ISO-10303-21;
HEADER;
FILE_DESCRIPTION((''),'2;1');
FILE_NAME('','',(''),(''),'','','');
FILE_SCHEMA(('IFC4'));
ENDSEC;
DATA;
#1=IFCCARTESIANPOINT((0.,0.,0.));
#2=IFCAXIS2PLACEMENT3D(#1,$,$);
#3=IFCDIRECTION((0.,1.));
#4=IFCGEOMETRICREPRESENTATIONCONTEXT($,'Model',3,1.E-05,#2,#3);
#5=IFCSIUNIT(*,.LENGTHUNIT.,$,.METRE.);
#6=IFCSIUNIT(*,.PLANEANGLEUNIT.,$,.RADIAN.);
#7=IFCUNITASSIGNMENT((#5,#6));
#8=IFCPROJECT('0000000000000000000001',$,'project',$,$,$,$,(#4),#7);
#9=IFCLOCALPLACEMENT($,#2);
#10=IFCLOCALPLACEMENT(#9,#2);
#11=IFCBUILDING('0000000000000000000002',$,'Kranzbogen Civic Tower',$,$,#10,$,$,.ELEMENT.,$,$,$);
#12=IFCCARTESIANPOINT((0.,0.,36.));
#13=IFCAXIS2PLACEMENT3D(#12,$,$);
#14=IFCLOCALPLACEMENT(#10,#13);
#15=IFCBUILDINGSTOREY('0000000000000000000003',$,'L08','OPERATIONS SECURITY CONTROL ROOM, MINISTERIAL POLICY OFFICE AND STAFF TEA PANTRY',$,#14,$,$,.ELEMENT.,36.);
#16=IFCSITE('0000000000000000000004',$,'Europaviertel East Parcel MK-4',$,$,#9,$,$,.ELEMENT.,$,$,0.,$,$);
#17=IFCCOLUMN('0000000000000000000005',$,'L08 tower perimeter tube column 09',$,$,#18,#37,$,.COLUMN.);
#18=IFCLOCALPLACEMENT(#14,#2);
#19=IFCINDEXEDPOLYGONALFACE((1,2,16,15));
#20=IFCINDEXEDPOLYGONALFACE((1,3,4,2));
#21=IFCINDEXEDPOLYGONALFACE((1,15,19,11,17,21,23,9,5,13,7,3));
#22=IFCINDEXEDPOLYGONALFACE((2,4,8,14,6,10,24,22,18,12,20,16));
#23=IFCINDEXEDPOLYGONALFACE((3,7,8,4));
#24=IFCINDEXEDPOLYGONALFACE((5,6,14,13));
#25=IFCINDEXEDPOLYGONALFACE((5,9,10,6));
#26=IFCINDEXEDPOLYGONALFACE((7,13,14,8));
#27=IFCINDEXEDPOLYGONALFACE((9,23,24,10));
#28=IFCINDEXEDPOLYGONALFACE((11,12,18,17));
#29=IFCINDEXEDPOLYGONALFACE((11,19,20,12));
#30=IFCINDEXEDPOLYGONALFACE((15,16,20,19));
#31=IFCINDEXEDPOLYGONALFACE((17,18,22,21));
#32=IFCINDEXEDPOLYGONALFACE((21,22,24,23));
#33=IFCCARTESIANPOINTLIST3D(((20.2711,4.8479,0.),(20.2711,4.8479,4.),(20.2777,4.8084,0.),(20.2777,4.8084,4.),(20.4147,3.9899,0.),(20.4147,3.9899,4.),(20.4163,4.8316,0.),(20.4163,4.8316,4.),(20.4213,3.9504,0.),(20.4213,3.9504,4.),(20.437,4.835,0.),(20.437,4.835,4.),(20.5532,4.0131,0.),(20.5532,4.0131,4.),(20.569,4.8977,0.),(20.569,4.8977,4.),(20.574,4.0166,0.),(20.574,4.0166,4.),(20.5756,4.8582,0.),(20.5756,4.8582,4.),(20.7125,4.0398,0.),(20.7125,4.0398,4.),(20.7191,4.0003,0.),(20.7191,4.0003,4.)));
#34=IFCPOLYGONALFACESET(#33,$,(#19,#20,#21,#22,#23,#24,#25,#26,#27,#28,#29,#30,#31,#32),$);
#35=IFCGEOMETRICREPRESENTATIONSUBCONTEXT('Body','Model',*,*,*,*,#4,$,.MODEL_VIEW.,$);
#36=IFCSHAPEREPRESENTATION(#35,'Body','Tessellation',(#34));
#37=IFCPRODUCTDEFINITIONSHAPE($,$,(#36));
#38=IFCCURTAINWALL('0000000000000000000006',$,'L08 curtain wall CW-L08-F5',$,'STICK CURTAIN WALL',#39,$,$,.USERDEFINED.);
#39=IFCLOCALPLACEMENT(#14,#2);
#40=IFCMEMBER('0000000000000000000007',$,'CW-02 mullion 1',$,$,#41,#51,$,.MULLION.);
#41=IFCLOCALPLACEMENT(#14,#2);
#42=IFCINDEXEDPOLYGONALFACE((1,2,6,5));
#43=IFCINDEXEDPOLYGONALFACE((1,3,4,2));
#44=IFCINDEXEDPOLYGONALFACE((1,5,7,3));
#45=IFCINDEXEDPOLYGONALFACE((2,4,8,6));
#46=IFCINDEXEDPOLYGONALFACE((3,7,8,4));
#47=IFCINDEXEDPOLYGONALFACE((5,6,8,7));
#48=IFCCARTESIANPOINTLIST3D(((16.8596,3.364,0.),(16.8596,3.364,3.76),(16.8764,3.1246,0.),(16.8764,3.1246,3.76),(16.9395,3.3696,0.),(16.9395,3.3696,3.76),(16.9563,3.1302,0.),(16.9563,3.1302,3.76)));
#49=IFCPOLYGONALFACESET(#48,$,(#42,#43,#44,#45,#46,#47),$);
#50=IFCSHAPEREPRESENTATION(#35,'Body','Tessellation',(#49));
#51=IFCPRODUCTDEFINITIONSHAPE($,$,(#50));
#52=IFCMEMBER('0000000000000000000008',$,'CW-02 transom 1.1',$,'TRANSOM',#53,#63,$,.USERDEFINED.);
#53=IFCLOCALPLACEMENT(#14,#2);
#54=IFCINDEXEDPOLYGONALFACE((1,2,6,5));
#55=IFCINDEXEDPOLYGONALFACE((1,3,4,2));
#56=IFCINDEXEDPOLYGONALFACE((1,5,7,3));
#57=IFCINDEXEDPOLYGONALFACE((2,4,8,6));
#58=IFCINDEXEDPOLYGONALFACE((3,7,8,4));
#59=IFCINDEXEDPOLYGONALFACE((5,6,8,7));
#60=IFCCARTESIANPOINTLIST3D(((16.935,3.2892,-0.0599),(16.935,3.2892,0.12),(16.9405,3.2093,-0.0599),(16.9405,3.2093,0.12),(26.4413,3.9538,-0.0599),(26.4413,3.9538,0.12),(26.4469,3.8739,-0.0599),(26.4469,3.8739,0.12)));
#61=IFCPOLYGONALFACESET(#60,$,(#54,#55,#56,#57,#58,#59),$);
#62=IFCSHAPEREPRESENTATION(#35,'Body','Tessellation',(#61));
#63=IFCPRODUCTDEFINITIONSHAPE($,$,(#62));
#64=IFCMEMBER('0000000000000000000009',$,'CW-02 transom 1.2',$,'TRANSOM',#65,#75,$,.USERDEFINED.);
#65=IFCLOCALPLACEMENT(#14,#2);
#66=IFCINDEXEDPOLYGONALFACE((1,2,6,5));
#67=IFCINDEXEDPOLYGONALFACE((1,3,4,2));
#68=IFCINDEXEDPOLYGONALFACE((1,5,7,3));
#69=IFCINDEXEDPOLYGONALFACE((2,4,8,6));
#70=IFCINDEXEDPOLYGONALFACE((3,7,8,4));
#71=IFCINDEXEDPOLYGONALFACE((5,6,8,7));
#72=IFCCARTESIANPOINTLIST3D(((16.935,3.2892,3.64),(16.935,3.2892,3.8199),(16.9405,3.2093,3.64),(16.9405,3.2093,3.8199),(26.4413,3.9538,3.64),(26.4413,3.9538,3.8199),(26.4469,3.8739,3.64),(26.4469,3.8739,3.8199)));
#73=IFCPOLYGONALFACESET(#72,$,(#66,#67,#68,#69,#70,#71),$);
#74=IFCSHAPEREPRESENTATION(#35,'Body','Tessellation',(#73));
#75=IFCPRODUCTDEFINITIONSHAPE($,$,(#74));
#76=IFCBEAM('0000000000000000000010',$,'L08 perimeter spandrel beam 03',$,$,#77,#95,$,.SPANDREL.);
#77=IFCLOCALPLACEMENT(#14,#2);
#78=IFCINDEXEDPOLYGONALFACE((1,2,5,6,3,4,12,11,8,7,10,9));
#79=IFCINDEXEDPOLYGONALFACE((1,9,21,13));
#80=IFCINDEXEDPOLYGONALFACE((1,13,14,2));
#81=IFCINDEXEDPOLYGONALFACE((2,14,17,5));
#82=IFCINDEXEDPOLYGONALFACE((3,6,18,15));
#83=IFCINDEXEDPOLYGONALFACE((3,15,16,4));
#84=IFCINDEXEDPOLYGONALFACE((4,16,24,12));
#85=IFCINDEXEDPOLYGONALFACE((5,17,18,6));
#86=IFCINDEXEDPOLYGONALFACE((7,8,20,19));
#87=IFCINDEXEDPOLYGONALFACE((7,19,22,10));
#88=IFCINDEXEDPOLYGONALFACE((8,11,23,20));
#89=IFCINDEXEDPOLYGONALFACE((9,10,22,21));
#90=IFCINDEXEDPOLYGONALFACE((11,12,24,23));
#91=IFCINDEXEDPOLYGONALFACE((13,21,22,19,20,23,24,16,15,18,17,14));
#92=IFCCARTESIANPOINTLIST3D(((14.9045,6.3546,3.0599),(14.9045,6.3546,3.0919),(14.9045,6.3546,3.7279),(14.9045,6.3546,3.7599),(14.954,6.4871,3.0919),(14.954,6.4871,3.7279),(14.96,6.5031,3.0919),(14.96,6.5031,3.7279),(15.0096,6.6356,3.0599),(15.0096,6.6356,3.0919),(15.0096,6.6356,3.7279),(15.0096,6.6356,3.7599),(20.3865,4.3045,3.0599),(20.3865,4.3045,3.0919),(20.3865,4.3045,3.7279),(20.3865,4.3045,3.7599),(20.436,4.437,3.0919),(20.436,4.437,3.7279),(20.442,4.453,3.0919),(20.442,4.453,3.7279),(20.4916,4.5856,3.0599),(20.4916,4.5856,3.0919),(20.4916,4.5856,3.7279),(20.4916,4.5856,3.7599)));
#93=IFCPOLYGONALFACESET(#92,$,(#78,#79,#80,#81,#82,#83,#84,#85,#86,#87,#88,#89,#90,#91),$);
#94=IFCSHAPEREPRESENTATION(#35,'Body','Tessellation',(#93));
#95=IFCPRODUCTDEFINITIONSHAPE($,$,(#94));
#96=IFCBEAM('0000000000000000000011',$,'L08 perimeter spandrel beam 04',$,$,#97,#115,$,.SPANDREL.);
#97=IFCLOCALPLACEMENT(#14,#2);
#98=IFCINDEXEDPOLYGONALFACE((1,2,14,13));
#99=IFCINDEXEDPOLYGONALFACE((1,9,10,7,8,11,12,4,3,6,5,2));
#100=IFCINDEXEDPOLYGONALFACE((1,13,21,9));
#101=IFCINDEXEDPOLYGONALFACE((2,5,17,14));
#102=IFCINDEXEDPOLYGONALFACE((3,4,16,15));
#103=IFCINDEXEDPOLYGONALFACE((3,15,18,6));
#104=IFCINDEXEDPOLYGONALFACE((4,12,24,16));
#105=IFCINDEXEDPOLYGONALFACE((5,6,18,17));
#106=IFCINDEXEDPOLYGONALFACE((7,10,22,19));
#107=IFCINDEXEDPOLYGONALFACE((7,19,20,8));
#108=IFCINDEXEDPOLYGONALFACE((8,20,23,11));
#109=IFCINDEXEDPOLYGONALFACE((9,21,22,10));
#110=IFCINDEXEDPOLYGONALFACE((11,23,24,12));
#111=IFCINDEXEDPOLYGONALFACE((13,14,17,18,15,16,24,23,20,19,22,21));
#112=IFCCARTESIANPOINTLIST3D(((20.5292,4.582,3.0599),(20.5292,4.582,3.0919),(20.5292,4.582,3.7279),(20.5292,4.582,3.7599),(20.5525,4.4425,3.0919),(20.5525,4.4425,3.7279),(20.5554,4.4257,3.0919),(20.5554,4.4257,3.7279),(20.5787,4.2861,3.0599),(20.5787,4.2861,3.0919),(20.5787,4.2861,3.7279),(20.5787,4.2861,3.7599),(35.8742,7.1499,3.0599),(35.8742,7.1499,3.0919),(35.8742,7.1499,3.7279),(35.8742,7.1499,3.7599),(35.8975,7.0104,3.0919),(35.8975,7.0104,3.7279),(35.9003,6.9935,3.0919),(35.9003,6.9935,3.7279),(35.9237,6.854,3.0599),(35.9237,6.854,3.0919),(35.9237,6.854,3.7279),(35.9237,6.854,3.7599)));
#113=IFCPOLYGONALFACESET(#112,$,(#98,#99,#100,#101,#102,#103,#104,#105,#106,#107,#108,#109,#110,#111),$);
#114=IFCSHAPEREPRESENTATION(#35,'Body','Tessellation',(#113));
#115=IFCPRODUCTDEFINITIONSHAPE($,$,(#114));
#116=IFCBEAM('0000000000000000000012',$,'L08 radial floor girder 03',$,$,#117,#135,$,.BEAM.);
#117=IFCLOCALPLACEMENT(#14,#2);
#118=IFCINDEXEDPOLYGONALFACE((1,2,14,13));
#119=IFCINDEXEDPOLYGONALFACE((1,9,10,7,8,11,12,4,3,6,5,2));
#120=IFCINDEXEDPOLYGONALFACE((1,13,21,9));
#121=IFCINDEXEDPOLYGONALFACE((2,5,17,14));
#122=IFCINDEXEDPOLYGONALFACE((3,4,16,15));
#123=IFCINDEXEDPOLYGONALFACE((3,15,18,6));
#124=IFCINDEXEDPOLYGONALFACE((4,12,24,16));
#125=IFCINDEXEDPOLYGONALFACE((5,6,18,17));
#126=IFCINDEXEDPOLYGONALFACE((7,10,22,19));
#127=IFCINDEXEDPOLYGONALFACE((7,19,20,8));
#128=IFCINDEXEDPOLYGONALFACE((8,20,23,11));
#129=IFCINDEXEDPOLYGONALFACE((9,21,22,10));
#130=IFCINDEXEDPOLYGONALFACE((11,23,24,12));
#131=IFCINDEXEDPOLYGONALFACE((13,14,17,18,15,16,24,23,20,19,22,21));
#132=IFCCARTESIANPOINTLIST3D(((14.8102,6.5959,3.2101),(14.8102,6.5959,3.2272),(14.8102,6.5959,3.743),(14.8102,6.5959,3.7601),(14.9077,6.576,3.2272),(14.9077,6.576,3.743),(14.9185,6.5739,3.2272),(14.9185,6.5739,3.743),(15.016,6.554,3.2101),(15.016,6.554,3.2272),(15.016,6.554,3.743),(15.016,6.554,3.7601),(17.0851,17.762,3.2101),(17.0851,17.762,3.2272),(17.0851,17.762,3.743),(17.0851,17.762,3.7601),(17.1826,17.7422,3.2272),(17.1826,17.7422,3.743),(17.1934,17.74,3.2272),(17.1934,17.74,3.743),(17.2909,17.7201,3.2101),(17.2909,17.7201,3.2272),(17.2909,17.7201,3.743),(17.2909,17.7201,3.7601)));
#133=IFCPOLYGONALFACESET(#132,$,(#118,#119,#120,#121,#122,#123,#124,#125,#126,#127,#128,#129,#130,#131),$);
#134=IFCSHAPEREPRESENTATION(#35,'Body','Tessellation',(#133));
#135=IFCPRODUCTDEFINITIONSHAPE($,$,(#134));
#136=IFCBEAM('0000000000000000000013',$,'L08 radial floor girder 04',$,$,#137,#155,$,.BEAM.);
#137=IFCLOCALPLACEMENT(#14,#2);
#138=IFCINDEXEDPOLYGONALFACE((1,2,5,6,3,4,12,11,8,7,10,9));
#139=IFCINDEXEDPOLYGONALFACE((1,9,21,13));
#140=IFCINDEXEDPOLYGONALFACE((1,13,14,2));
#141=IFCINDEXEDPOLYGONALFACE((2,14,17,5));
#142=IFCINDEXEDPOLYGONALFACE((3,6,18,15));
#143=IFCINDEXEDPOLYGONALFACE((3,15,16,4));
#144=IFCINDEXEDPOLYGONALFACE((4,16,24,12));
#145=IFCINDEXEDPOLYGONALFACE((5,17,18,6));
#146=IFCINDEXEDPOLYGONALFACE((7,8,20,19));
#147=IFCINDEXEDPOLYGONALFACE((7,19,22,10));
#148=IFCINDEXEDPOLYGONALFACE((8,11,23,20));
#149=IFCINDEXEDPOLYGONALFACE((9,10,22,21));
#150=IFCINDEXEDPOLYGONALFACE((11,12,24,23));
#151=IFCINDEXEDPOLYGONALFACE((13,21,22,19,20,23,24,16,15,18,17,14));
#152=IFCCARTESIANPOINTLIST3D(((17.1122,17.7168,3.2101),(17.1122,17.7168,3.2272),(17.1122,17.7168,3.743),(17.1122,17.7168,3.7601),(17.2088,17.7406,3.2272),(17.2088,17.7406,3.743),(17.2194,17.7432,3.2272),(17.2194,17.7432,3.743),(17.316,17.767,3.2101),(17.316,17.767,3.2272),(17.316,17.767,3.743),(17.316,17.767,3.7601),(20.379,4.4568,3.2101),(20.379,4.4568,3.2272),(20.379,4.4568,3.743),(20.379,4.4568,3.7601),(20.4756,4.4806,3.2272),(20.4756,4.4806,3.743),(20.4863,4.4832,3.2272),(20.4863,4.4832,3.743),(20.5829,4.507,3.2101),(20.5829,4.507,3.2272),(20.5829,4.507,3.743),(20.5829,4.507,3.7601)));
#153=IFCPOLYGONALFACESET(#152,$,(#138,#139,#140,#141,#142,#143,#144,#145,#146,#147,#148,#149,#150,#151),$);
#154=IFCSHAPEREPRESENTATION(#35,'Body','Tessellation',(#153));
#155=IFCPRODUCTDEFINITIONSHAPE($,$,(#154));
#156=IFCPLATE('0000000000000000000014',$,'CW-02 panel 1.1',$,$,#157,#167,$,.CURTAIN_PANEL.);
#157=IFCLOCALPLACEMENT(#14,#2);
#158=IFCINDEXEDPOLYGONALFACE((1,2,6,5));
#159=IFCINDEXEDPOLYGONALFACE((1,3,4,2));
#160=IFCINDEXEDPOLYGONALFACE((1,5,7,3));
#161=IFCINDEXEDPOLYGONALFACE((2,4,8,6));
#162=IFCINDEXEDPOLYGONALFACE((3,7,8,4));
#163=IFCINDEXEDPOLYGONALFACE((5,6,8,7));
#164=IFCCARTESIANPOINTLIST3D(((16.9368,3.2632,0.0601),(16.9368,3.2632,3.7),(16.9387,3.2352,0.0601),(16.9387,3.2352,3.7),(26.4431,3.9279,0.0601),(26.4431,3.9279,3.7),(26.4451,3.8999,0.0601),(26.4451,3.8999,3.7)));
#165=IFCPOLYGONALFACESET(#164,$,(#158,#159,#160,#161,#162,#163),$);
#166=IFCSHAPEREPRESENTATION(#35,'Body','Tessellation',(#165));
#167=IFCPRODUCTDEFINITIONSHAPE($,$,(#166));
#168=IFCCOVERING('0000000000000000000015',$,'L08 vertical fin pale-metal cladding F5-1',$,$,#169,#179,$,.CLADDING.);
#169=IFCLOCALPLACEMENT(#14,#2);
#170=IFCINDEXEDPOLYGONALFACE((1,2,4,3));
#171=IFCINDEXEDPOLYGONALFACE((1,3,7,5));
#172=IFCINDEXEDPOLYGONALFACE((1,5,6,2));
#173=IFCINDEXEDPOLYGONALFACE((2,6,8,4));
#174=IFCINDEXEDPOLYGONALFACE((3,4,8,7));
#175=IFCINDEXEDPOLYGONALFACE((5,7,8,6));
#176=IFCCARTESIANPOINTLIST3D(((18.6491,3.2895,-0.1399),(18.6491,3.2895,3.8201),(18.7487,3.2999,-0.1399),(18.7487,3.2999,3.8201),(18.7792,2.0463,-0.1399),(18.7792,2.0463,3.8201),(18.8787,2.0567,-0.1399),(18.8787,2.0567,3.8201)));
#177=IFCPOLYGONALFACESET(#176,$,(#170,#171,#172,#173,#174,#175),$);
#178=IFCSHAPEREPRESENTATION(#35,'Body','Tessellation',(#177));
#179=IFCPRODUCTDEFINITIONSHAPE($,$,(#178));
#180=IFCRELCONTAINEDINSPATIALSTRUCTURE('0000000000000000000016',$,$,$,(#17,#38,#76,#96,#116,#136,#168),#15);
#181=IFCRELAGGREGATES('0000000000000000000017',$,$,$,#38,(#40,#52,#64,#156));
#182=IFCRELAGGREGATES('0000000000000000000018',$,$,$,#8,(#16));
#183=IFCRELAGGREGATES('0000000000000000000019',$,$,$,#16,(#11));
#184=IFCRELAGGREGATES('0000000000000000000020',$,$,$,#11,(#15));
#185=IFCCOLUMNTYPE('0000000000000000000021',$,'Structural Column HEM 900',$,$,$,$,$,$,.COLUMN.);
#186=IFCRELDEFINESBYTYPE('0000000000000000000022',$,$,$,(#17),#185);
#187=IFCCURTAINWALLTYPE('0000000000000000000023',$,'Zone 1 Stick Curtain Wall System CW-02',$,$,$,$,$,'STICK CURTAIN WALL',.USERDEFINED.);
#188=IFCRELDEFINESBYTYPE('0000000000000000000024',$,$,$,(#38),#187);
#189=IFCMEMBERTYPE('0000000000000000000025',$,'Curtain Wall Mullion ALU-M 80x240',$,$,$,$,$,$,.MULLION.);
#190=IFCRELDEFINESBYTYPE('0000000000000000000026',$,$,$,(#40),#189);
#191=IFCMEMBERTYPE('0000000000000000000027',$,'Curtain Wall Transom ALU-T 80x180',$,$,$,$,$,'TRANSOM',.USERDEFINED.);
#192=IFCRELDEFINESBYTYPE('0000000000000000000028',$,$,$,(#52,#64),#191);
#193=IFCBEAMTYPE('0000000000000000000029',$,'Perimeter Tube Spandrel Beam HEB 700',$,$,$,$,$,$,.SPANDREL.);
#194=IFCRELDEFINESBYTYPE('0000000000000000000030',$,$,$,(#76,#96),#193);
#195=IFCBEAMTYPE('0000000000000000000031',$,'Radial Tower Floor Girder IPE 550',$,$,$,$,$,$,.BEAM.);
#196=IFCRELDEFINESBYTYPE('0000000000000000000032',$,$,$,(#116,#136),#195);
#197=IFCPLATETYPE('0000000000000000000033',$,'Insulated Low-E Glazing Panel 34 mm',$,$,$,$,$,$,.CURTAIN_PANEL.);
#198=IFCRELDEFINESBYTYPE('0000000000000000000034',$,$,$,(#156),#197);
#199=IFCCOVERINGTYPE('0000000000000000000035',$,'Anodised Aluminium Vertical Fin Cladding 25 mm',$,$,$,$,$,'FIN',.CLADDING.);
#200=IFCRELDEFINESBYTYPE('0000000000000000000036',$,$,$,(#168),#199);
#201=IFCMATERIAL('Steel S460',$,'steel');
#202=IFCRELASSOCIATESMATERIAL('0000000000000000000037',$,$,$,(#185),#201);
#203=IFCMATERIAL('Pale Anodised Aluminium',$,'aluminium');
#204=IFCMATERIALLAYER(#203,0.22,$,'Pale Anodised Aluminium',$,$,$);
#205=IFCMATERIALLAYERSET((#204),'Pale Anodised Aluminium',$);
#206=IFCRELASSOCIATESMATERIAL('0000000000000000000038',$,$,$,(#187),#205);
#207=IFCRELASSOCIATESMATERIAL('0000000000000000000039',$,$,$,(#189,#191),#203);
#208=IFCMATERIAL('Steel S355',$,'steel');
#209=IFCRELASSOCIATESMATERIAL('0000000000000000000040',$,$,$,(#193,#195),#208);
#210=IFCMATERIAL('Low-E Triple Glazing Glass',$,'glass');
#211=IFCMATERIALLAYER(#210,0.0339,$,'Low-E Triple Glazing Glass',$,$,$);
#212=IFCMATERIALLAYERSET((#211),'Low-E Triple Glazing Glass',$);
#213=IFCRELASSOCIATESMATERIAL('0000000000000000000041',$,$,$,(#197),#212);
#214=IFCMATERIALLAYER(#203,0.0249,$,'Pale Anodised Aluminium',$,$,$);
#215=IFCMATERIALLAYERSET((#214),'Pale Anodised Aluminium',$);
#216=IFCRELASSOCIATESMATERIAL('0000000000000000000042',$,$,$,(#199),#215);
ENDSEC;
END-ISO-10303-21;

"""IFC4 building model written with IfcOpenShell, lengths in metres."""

from ifc_helpers import new_model, si_unit, direction, frame, origin, origin_2d, place, context, subcontext, project, spatial, rectangle, i_section, extrude, material, layer, layer_set, material_profile, profile_set, type_object, element, aggregate, save


model = new_model("IFC4")

# Units and contexts
model_context = context("Model", 3, precision=1e-05, world=origin(), true_north=direction((0.0, 1.0)))
body_context = subcontext(model_context, "Body", "Model", "MODEL_VIEW")
ifc_project = project(units=[si_unit("LENGTHUNIT", "METRE"), si_unit("PLANEANGLEUNIT", "RADIAN")], contexts=[model_context])

# Site, building, storey
site_placement = place(None, origin())
site = spatial("IfcSite", under=ifc_project, at=site_placement, Name="Europaviertel East Parcel MK-4", CompositionType="ELEMENT", RefElevation=0.0)
building_placement = place(site_placement, origin())
building = spatial("IfcBuilding", under=site, at=building_placement, Name="Kranzbogen Civic Tower", CompositionType="ELEMENT")
storey_placement = place(building_placement, frame((0.0, 0.0, 36.0)))
storey = spatial("IfcBuildingStorey", under=building, at=storey_placement, Name="L08", Description="OPERATIONS SECURITY CONTROL ROOM, MINISTERIAL POLICY OFFICE AND STAFF TEA PANTRY", CompositionType="ELEMENT", Elevation=36.0)

# Column
ifc_material_1 = material(Name="Steel S460", Category="steel")
ifc_material_profile_1 = material_profile(ifc_material_1, i_section(OverallWidth=0.302, OverallDepth=0.9099, WebThickness=0.021, FlangeThickness=0.04, at=origin_2d()), Name="HEM 900")
ifc_profile_set_1 = profile_set([ifc_material_profile_1], Name="Steel S460")
column_type = type_object("IfcColumnType", Name="Structural Column HEM 900", PredefinedType="COLUMN", material=ifc_profile_set_1)
column_placement = place(storey_placement, frame((20.4951, 4.4241, 0.0), z_axis=(0.0, 0.0, 1.0), x_axis=(0.986286, 0.165048, 0.0)))
element("IfcColumn", 1, at=column_placement, inside=storey, type_object=column_type, Name="L08 tower perimeter tube column 09", PredefinedType="COLUMN", context=body_context, shape_type="SweptSolid", body=[
    extrude(i_section(OverallWidth=0.302, OverallDepth=0.9099, WebThickness=0.021, FlangeThickness=0.04, at=origin_2d()), origin(), (0.0, 0.0, 1.0), 4.0),
])

# Curtain wall, members
ifc_material_2 = material(Name="Pale Anodised Aluminium", Category="aluminium")
ifc_layer_1 = layer(ifc_material_2, 0.22, Name="Pale Anodised Aluminium")
ifc_layer_set_1 = layer_set([ifc_layer_1], Name="Pale Anodised Aluminium")
curtain_wall_type = type_object("IfcCurtainWallType", Name="Zone 1 Stick Curtain Wall System CW-02", ElementType="STICK CURTAIN WALL", PredefinedType="USERDEFINED", material=ifc_layer_set_1)
curtain_wall_placement = place(storey_placement, origin())
curtain_wall = element("IfcCurtainWall", 2, at=curtain_wall_placement, inside=storey, type_object=curtain_wall_type, Name="L08 curtain wall CW-L08-F5", ObjectType="STICK CURTAIN WALL", PredefinedType="USERDEFINED")
ifc_material_profile_2 = material_profile(ifc_material_2, rectangle(XDim=0.0801, YDim=0.24, at=origin_2d()), Name="ALU-M 80x240")
ifc_profile_set_2 = profile_set([ifc_material_profile_2], Name="Pale Anodised Aluminium")
member_type_1 = type_object("IfcMemberType", Name="Curtain Wall Mullion ALU-M 80x240", PredefinedType="MULLION", material=ifc_profile_set_2)
member_1_placement = place(storey_placement, frame((16.908, 3.2471, 0.0), z_axis=(0.0, 0.0, 1.0), x_axis=(0.997564, 0.069755, 0.0)))
member_1 = element("IfcMember", 3, at=member_1_placement, type_object=member_type_1, Name="CW-02 mullion 1", PredefinedType="MULLION", context=body_context, shape_type="SweptSolid", body=[
    extrude(rectangle(XDim=0.0801, YDim=0.24, at=origin_2d()), origin(), (0.0, 0.0, 1.0), 3.76),
])
ifc_material_profile_3 = material_profile(ifc_material_2, rectangle(XDim=0.0801, YDim=0.1799, at=origin_2d()), Name="ALU-T 80x180")
ifc_profile_set_3 = profile_set([ifc_material_profile_3], Name="Pale Anodised Aluminium")
member_type_2 = type_object("IfcMemberType", Name="Curtain Wall Transom ALU-T 80x180", ElementType="TRANSOM", PredefinedType="USERDEFINED", material=ifc_profile_set_3)
member_2_placement = place(storey_placement, frame((16.9377, 3.2493, 0.03), z_axis=(0.997565, 0.069736, 0.0), x_axis=(-0.069736, 0.997565, 0.0)))
member_2 = element("IfcMember", 4, at=member_2_placement, type_object=member_type_2, Name="CW-02 transom 1.1", ObjectType="TRANSOM", PredefinedType="USERDEFINED", context=body_context, shape_type="SweptSolid", body=[
    extrude(rectangle(XDim=0.0801, YDim=0.1799, at=origin_2d()), origin(), (0.0, 0.0, 1.0), 9.5295),
])
member_3_placement = place(storey_placement, frame((16.9377, 3.2493, 3.73), z_axis=(0.997565, 0.069736, 0.0), x_axis=(-0.069736, 0.997565, 0.0)))
member_3 = element("IfcMember", 5, at=member_3_placement, type_object=member_type_2, Name="CW-02 transom 1.2", ObjectType="TRANSOM", PredefinedType="USERDEFINED", context=body_context, shape_type="SweptSolid", body=[
    extrude(rectangle(XDim=0.0801, YDim=0.1799, at=origin_2d()), origin(), (0.0, 0.0, 1.0), 9.5295),
])

# Beams
ifc_material_3 = material(Name="Steel S355", Category="steel")
ifc_material_profile_4 = material_profile(ifc_material_3, i_section(OverallWidth=0.3, OverallDepth=0.7, WebThickness=0.0171, FlangeThickness=0.032, at=origin_2d()), Name="HEB 700")
ifc_profile_set_4 = profile_set([ifc_material_profile_4], Name="Steel S355")
beam_type_1 = type_object("IfcBeamType", Name="Perimeter Tube Spandrel Beam HEB 700", PredefinedType="SPANDREL", material=ifc_profile_set_4)
beam_1_placement = place(storey_placement, frame((14.957, 6.4951, 3.4099), z_axis=(0.936648, -0.350273, 0.0), x_axis=(0.350273, 0.936648, 0.0)))
element("IfcBeam", 6, at=beam_1_placement, inside=storey, type_object=beam_type_1, Name="L08 perimeter spandrel beam 03", PredefinedType="SPANDREL", context=body_context, shape_type="SweptSolid", body=[
    extrude(i_section(OverallWidth=0.3, OverallDepth=0.7, WebThickness=0.0171, FlangeThickness=0.032, at=origin_2d()), origin(), (0.0, 0.0, 1.0), 5.8528),
])
beam_2_placement = place(storey_placement, frame((20.554, 4.4341, 3.4099), z_axis=(0.986286, 0.165048, 0.0), x_axis=(-0.165048, 0.986286, 0.0)))
element("IfcBeam", 7, at=beam_2_placement, inside=storey, type_object=beam_type_1, Name="L08 perimeter spandrel beam 04", PredefinedType="SPANDREL", context=body_context, shape_type="SweptSolid", body=[
    extrude(i_section(OverallWidth=0.3, OverallDepth=0.7, WebThickness=0.0171, FlangeThickness=0.032, at=origin_2d()), origin(), (0.0, 0.0, 1.0), 15.5583),
])
ifc_material_profile_5 = material_profile(ifc_material_3, i_section(OverallWidth=0.21, OverallDepth=0.55, WebThickness=0.011, FlangeThickness=0.0171, at=origin_2d()), Name="IPE 550")
ifc_profile_set_5 = profile_set([ifc_material_profile_5], Name="Steel S355")
beam_type_2 = type_object("IfcBeamType", Name="Radial Tower Floor Girder IPE 550", PredefinedType="BEAM", material=ifc_profile_set_5)
beam_3_placement = place(storey_placement, frame((14.9131, 6.575, 3.4851), z_axis=(0.199633, 0.979871, 0.0), x_axis=(-0.979871, 0.199633, 0.0)))
element("IfcBeam", 8, at=beam_3_placement, inside=storey, type_object=beam_type_2, Name="L08 radial floor girder 03", PredefinedType="BEAM", context=body_context, shape_type="SweptSolid", body=[
    extrude(i_section(OverallWidth=0.21, OverallDepth=0.55, WebThickness=0.011, FlangeThickness=0.0171, at=origin_2d()), origin(), (0.0, 0.0, 1.0), 11.3955),
])
beam_4_placement = place(storey_placement, frame((20.481, 4.4819, 3.4851), z_axis=(-0.239215, 0.970967, 0.0), x_axis=(-0.970967, -0.239215, 0.0)))
element("IfcBeam", 9, at=beam_4_placement, inside=storey, type_object=beam_type_2, Name="L08 radial floor girder 04", PredefinedType="BEAM", context=body_context, shape_type="SweptSolid", body=[
    extrude(i_section(OverallWidth=0.21, OverallDepth=0.55, WebThickness=0.011, FlangeThickness=0.0171, at=origin_2d()), origin(), (0.0, 0.0, 1.0), 13.6565),
])

# Plate
ifc_material_4 = material(Name="Low-E Triple Glazing Glass", Category="glass")
ifc_layer_2 = layer(ifc_material_4, 0.0339, Name="Low-E Triple Glazing Glass")
ifc_layer_set_2 = layer_set([ifc_layer_2], Name="Low-E Triple Glazing Glass")
plate_type = type_object("IfcPlateType", Name="Insulated Low-E Glazing Panel 34 mm", PredefinedType="CURTAIN_PANEL", material=ifc_layer_set_2)
plate_placement = place(storey_placement, frame((21.6909, 3.5815, 0.0601), z_axis=(0.0, 0.0, 1.0), x_axis=(0.997564, 0.069755, 0.0)))
plate = element("IfcPlate", 10, at=plate_placement, type_object=plate_type, Name="CW-02 panel 1.1", PredefinedType="CURTAIN_PANEL", context=body_context, shape_type="SweptSolid", body=[
    extrude(rectangle(XDim=9.5295, YDim=0.0281, at=origin_2d()), origin(), (0.0, 0.0, 1.0), 3.6399),
])
aggregate(curtain_wall, [member_1, member_2, member_3, plate])

# Covering
ifc_layer_3 = layer(ifc_material_2, 0.0249, Name="Pale Anodised Aluminium")
ifc_layer_set_3 = layer_set([ifc_layer_3], Name="Pale Anodised Aluminium")
covering_type = type_object("IfcCoveringType", Name="Anodised Aluminium Vertical Fin Cladding 25 mm", ElementType="FIN", PredefinedType="CLADDING", material=ifc_layer_set_3)
for number, where, z_axis, x_axis, name in (
    (11, (18.7639, 2.6731, -0.1399), (0.0, 0.0, 1.0), (0.10406, -0.994571, 0.0), "L08 vertical fin pale-metal cladding F5-1"),
):
    element("IfcCovering", number, at=place(storey_placement, frame(where, z_axis=z_axis, x_axis=x_axis)), inside=storey, type_object=covering_type, Name=name, PredefinedType="CLADDING", context=body_context, shape_type="SweptSolid", body=[
        extrude(rectangle(XDim=1.25, YDim=0.1001, at=origin_2d()), origin(), (0.0, 0.0, 1.0), 3.96),
    ])

save(model, "model.ifc")
